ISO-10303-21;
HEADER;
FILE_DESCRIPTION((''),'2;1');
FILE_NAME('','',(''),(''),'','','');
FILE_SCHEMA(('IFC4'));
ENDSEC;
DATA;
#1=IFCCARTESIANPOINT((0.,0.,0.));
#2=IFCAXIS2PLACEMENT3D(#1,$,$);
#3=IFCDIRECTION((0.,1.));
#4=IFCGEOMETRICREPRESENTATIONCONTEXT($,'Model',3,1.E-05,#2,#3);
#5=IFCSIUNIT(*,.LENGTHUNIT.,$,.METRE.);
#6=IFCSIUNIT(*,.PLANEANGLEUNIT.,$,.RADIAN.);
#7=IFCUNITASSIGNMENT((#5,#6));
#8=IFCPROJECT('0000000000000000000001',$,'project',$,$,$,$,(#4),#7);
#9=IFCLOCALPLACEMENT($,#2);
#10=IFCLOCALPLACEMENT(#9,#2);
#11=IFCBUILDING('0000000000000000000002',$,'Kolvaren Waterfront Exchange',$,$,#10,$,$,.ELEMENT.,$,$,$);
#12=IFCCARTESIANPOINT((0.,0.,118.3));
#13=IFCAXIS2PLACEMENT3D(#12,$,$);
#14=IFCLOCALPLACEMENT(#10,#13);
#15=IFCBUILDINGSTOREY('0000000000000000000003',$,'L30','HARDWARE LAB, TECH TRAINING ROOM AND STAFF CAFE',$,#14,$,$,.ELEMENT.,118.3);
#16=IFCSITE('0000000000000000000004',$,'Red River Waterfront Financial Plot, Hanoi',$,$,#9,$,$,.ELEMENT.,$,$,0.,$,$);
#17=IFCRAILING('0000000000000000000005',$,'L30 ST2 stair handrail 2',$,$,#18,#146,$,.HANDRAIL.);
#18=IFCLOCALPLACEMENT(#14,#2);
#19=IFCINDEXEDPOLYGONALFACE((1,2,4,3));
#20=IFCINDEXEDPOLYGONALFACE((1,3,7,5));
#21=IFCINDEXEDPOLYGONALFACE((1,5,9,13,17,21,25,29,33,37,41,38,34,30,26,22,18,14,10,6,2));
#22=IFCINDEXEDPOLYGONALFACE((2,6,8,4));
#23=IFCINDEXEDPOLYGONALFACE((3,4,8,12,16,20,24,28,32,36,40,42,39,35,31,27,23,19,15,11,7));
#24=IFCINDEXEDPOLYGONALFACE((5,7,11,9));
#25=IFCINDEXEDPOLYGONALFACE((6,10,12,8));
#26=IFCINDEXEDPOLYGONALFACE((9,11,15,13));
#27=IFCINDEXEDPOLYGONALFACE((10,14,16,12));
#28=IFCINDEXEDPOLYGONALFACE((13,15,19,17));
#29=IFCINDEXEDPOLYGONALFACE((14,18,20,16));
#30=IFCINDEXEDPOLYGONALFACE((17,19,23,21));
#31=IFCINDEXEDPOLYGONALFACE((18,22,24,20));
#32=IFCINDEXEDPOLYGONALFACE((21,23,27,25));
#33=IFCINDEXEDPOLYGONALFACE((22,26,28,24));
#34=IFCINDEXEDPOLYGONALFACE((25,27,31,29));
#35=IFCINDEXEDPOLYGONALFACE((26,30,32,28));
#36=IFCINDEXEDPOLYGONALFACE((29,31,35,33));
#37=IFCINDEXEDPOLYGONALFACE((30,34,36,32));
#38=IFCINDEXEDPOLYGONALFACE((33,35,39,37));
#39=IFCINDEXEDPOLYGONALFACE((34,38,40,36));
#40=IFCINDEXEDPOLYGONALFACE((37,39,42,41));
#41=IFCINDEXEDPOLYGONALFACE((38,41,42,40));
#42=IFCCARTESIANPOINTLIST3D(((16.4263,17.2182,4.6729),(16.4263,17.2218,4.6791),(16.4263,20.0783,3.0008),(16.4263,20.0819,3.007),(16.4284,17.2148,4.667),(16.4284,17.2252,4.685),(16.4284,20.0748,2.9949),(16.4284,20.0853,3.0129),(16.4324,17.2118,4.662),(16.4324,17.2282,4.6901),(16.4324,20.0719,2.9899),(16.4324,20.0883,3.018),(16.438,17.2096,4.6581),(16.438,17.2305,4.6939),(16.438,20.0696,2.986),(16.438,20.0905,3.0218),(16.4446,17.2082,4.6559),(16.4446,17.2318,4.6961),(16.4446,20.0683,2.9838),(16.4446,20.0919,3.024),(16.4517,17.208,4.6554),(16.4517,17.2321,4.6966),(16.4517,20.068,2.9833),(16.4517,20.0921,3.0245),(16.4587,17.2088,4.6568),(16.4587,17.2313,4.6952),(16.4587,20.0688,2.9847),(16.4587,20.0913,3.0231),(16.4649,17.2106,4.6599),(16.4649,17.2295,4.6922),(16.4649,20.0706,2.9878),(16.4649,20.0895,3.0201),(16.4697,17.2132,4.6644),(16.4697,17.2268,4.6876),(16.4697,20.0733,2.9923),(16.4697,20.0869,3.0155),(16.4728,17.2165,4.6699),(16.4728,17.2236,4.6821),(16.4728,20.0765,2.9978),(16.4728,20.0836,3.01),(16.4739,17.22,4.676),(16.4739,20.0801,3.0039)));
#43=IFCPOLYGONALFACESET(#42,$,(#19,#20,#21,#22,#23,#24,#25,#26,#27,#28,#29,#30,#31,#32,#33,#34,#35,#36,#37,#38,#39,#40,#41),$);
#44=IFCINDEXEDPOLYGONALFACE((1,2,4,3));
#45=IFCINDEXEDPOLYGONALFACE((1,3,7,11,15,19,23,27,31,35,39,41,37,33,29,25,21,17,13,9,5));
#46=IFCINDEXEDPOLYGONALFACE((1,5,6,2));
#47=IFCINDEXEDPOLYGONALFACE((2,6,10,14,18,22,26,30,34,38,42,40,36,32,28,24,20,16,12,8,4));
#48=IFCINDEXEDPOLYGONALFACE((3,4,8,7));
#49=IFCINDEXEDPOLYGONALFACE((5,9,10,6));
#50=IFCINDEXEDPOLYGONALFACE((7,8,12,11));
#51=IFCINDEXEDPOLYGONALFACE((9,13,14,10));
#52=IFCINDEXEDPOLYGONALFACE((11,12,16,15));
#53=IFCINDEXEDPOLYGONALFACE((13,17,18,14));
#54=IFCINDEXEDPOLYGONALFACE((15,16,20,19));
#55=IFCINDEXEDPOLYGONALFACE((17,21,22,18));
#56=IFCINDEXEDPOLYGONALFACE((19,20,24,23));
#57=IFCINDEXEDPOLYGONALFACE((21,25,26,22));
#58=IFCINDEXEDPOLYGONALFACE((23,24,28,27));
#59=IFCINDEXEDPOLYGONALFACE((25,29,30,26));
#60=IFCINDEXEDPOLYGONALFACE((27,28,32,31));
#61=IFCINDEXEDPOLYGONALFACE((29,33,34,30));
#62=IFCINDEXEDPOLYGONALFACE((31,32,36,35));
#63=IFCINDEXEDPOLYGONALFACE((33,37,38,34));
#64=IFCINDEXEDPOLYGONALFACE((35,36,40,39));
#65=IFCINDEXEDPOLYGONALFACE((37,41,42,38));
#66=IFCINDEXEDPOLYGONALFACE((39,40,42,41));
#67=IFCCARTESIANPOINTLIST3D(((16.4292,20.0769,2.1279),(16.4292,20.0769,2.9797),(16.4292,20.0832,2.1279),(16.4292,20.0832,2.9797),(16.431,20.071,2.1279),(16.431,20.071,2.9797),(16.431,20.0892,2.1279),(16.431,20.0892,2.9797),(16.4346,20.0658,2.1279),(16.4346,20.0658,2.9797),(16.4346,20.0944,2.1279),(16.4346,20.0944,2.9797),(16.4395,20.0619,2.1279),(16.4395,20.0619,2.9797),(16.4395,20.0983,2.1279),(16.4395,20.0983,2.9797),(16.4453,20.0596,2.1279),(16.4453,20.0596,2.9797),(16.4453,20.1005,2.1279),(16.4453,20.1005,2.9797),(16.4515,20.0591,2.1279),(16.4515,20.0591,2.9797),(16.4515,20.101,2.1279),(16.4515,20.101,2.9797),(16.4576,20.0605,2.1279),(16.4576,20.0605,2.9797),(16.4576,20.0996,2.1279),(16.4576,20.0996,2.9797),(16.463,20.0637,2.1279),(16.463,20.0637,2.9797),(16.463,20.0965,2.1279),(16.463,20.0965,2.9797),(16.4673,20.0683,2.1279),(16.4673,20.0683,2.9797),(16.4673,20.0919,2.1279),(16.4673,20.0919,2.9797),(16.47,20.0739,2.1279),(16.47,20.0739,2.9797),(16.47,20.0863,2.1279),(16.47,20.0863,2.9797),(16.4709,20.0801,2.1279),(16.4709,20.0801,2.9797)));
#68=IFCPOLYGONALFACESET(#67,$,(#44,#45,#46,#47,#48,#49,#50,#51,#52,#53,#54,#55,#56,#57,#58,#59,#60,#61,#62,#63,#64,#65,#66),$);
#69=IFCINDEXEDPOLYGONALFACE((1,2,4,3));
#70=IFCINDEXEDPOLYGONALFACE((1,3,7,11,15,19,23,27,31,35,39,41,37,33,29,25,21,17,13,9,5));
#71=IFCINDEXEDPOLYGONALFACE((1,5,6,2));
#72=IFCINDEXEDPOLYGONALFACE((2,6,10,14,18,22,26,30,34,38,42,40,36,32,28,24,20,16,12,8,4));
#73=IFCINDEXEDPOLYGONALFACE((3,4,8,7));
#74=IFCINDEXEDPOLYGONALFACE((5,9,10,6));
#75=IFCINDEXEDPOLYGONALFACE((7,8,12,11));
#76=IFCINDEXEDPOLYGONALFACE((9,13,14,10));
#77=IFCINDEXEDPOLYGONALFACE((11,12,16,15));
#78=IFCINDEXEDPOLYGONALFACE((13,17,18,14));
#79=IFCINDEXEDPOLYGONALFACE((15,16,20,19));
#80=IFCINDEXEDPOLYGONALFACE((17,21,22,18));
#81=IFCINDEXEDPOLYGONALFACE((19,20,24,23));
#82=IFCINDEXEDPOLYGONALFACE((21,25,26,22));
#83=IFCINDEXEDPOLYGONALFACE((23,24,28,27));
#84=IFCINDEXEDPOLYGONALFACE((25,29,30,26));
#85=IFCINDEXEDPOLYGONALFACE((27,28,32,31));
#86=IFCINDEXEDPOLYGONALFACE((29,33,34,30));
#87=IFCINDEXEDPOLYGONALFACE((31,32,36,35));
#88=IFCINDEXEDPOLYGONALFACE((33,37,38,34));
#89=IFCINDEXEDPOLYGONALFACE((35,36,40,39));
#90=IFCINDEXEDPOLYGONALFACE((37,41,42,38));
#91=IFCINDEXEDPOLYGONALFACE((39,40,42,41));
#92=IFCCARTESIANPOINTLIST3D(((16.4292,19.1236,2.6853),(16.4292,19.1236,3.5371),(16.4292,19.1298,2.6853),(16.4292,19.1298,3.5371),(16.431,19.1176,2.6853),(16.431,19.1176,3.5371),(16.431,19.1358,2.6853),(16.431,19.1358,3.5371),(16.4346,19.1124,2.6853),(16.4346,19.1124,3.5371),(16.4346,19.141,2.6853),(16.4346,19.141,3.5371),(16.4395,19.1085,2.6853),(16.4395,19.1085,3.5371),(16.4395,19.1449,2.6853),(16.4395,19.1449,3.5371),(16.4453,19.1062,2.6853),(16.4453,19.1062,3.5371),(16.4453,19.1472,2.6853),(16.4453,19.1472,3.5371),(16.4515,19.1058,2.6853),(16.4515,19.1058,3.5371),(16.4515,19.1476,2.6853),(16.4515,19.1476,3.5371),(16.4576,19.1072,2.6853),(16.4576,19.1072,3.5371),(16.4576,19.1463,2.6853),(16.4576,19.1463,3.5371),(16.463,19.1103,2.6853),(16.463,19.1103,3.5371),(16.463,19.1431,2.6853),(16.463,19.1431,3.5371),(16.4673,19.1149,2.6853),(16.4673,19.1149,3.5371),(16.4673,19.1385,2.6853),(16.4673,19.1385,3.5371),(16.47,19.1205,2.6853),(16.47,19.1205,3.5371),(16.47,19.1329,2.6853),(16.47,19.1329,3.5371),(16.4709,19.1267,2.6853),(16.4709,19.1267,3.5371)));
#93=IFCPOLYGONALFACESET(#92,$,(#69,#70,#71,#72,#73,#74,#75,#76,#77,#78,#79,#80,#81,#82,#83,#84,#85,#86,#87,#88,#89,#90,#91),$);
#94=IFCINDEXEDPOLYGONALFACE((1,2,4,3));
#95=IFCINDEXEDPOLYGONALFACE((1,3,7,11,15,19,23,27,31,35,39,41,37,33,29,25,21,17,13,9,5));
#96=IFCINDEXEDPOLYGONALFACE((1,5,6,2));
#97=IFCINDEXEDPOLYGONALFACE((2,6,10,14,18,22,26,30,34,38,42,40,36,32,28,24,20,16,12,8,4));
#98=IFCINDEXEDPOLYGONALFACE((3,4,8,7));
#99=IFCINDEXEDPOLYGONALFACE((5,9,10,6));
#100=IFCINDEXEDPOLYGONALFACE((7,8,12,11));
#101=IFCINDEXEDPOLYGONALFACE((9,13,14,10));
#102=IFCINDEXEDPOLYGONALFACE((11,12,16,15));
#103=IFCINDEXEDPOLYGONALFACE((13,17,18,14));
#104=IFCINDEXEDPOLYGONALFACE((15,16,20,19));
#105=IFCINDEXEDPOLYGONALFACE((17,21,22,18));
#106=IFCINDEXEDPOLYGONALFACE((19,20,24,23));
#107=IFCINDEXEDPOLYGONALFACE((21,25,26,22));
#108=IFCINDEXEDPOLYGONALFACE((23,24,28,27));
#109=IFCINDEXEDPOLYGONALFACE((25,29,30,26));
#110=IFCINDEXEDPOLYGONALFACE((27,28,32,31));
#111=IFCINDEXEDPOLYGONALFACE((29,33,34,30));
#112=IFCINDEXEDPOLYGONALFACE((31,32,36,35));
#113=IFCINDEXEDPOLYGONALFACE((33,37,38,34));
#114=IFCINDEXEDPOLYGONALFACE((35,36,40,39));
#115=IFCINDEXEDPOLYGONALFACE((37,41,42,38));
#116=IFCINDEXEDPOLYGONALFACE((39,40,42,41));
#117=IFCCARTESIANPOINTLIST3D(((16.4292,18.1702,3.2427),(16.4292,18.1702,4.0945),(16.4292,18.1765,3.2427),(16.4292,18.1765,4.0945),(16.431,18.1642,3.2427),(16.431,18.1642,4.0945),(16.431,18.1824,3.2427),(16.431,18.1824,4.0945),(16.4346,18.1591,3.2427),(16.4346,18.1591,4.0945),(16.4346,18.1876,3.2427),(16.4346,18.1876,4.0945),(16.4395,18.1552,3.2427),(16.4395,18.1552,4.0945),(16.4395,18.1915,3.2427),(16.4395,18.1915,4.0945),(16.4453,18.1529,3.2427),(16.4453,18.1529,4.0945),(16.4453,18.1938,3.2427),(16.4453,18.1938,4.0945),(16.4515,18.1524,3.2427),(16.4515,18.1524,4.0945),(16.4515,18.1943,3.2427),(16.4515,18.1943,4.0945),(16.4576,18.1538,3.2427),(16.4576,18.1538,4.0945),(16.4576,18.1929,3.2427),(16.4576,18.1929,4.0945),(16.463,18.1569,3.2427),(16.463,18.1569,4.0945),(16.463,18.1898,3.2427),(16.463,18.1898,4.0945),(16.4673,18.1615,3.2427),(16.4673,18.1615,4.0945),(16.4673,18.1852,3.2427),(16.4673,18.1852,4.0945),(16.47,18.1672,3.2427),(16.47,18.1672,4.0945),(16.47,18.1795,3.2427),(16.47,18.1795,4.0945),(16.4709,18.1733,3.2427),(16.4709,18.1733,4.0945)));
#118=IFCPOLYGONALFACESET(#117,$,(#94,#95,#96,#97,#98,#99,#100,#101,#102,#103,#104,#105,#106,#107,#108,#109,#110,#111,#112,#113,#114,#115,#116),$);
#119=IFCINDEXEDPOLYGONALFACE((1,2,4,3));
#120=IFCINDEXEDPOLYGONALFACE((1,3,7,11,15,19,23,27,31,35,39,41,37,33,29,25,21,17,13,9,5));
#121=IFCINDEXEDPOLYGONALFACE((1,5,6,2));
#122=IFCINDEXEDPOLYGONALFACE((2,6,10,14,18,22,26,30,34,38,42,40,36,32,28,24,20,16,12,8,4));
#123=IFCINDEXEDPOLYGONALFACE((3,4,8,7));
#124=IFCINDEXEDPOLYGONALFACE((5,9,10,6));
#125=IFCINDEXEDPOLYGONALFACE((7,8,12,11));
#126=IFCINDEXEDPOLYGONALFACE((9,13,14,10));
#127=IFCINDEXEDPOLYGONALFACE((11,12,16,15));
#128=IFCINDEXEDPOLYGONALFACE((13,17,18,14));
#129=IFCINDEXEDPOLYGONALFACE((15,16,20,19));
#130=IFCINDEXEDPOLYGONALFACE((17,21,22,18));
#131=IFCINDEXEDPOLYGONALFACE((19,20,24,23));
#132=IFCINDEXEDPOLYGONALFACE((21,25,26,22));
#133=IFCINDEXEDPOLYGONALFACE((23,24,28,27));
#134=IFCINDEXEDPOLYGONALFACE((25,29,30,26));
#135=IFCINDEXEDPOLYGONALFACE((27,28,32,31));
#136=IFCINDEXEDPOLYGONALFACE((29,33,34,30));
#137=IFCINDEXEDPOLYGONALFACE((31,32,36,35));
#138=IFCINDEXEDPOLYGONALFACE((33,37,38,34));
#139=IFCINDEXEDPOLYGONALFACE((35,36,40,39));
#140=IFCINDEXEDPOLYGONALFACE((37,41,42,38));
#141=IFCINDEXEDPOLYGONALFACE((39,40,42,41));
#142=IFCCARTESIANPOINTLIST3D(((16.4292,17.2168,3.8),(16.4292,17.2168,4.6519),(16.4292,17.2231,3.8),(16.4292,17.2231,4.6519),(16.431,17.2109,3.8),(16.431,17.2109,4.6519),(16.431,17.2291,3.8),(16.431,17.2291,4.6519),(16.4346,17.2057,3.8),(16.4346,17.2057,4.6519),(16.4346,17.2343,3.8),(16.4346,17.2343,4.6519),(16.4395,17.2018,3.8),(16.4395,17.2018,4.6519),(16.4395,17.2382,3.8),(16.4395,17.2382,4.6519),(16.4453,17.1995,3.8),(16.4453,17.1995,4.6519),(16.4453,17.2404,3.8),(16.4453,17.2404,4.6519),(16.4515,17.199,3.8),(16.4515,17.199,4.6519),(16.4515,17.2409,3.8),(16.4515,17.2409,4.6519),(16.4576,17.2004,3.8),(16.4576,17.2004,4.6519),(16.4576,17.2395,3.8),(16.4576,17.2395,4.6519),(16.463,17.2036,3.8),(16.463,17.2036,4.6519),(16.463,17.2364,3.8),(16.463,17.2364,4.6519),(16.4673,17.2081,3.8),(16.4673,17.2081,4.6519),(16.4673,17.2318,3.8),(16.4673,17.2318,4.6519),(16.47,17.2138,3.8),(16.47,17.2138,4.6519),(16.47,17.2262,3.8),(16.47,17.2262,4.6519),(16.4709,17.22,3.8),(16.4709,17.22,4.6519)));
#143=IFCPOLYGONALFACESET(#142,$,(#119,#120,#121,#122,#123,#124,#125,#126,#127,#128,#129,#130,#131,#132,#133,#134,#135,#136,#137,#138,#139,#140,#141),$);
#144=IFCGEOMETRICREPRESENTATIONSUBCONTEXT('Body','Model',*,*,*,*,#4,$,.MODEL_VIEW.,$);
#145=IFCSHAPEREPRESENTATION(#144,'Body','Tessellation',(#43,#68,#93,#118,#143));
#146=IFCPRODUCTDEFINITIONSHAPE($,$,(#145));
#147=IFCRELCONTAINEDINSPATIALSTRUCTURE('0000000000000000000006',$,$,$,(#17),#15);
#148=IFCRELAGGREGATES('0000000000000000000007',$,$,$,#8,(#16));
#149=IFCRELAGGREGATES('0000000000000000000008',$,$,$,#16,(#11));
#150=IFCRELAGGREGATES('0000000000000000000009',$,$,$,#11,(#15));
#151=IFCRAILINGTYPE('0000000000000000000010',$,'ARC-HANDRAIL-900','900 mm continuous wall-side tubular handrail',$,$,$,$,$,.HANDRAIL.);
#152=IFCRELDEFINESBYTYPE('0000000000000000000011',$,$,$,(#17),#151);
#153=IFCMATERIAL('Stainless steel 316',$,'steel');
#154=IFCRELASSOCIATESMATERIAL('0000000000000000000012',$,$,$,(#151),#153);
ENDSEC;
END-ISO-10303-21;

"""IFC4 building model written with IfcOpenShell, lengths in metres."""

from ifc_helpers import new_model, si_unit, direction, frame, origin, origin_2d, place, context, subcontext, project, spatial, circle, extrude, material, type_object, element, save


model = new_model("IFC4")

# Units and contexts
model_context = context("Model", 3, precision=1e-05, world=origin(), true_north=direction((0.0, 1.0)))
body_context = subcontext(model_context, "Body", "Model", "MODEL_VIEW")
ifc_project = project(units=[si_unit("LENGTHUNIT", "METRE"), si_unit("PLANEANGLEUNIT", "RADIAN")], contexts=[model_context])

# Site, building, storey
site_placement = place(None, origin())
site = spatial("IfcSite", under=ifc_project, at=site_placement, Name="Red River Waterfront Financial Plot, Hanoi", CompositionType="ELEMENT", RefElevation=0.0)
building_placement = place(site_placement, origin())
building = spatial("IfcBuilding", under=site, at=building_placement, Name="Kolvaren Waterfront Exchange", CompositionType="ELEMENT")
storey_placement = place(building_placement, frame((0.0, 0.0, 118.3)))
storey = spatial("IfcBuildingStorey", under=building, at=storey_placement, Name="L30", Description="HARDWARE LAB, TECH TRAINING ROOM AND STAFF CAFE", CompositionType="ELEMENT", Elevation=118.3)

# Railing
ifc_material_1 = material(Name="Stainless steel 316", Category="steel")
railing_type_1 = type_object("IfcRailingType", Name="ARC-HANDRAIL-900", Description="900 mm continuous wall-side tubular handrail", PredefinedType="HANDRAIL", material=ifc_material_1)
railing_1_placement = place(storey_placement, frame((16.45, 20.0801, 2.1279)))
element("IfcRailing", 1, at=railing_1_placement, inside=storey, type_object=railing_type_1, Name="L30 ST2 stair handrail 2", PredefinedType="HANDRAIL", context=body_context, shape_type="SweptSolid", body=[
    extrude(circle(Radius=0.0239, at=origin_2d()), frame((0.0, 0.0, 0.876), z_axis=(0.0, -0.863289, 0.504709), x_axis=(1.0, 0.0, 0.0)), (0.0, 0.0, 1.0), 3.313),
    extrude(circle(Radius=0.021, at=origin_2d()), origin(), (0.0, 0.0, 1.0), 0.8518),
    extrude(circle(Radius=0.021, at=origin_2d()), frame((0.0, -0.9534, 0.5574)), (0.0, 0.0, 1.0), 0.8518),
    extrude(circle(Radius=0.021, at=origin_2d()), frame((0.0, -1.9067, 1.1147)), (0.0, 0.0, 1.0), 0.8518),
    extrude(circle(Radius=0.021, at=origin_2d()), frame((0.0, -2.8601, 1.6721)), (0.0, 0.0, 1.0), 0.8518),
])

save(model, "model.ifc")
